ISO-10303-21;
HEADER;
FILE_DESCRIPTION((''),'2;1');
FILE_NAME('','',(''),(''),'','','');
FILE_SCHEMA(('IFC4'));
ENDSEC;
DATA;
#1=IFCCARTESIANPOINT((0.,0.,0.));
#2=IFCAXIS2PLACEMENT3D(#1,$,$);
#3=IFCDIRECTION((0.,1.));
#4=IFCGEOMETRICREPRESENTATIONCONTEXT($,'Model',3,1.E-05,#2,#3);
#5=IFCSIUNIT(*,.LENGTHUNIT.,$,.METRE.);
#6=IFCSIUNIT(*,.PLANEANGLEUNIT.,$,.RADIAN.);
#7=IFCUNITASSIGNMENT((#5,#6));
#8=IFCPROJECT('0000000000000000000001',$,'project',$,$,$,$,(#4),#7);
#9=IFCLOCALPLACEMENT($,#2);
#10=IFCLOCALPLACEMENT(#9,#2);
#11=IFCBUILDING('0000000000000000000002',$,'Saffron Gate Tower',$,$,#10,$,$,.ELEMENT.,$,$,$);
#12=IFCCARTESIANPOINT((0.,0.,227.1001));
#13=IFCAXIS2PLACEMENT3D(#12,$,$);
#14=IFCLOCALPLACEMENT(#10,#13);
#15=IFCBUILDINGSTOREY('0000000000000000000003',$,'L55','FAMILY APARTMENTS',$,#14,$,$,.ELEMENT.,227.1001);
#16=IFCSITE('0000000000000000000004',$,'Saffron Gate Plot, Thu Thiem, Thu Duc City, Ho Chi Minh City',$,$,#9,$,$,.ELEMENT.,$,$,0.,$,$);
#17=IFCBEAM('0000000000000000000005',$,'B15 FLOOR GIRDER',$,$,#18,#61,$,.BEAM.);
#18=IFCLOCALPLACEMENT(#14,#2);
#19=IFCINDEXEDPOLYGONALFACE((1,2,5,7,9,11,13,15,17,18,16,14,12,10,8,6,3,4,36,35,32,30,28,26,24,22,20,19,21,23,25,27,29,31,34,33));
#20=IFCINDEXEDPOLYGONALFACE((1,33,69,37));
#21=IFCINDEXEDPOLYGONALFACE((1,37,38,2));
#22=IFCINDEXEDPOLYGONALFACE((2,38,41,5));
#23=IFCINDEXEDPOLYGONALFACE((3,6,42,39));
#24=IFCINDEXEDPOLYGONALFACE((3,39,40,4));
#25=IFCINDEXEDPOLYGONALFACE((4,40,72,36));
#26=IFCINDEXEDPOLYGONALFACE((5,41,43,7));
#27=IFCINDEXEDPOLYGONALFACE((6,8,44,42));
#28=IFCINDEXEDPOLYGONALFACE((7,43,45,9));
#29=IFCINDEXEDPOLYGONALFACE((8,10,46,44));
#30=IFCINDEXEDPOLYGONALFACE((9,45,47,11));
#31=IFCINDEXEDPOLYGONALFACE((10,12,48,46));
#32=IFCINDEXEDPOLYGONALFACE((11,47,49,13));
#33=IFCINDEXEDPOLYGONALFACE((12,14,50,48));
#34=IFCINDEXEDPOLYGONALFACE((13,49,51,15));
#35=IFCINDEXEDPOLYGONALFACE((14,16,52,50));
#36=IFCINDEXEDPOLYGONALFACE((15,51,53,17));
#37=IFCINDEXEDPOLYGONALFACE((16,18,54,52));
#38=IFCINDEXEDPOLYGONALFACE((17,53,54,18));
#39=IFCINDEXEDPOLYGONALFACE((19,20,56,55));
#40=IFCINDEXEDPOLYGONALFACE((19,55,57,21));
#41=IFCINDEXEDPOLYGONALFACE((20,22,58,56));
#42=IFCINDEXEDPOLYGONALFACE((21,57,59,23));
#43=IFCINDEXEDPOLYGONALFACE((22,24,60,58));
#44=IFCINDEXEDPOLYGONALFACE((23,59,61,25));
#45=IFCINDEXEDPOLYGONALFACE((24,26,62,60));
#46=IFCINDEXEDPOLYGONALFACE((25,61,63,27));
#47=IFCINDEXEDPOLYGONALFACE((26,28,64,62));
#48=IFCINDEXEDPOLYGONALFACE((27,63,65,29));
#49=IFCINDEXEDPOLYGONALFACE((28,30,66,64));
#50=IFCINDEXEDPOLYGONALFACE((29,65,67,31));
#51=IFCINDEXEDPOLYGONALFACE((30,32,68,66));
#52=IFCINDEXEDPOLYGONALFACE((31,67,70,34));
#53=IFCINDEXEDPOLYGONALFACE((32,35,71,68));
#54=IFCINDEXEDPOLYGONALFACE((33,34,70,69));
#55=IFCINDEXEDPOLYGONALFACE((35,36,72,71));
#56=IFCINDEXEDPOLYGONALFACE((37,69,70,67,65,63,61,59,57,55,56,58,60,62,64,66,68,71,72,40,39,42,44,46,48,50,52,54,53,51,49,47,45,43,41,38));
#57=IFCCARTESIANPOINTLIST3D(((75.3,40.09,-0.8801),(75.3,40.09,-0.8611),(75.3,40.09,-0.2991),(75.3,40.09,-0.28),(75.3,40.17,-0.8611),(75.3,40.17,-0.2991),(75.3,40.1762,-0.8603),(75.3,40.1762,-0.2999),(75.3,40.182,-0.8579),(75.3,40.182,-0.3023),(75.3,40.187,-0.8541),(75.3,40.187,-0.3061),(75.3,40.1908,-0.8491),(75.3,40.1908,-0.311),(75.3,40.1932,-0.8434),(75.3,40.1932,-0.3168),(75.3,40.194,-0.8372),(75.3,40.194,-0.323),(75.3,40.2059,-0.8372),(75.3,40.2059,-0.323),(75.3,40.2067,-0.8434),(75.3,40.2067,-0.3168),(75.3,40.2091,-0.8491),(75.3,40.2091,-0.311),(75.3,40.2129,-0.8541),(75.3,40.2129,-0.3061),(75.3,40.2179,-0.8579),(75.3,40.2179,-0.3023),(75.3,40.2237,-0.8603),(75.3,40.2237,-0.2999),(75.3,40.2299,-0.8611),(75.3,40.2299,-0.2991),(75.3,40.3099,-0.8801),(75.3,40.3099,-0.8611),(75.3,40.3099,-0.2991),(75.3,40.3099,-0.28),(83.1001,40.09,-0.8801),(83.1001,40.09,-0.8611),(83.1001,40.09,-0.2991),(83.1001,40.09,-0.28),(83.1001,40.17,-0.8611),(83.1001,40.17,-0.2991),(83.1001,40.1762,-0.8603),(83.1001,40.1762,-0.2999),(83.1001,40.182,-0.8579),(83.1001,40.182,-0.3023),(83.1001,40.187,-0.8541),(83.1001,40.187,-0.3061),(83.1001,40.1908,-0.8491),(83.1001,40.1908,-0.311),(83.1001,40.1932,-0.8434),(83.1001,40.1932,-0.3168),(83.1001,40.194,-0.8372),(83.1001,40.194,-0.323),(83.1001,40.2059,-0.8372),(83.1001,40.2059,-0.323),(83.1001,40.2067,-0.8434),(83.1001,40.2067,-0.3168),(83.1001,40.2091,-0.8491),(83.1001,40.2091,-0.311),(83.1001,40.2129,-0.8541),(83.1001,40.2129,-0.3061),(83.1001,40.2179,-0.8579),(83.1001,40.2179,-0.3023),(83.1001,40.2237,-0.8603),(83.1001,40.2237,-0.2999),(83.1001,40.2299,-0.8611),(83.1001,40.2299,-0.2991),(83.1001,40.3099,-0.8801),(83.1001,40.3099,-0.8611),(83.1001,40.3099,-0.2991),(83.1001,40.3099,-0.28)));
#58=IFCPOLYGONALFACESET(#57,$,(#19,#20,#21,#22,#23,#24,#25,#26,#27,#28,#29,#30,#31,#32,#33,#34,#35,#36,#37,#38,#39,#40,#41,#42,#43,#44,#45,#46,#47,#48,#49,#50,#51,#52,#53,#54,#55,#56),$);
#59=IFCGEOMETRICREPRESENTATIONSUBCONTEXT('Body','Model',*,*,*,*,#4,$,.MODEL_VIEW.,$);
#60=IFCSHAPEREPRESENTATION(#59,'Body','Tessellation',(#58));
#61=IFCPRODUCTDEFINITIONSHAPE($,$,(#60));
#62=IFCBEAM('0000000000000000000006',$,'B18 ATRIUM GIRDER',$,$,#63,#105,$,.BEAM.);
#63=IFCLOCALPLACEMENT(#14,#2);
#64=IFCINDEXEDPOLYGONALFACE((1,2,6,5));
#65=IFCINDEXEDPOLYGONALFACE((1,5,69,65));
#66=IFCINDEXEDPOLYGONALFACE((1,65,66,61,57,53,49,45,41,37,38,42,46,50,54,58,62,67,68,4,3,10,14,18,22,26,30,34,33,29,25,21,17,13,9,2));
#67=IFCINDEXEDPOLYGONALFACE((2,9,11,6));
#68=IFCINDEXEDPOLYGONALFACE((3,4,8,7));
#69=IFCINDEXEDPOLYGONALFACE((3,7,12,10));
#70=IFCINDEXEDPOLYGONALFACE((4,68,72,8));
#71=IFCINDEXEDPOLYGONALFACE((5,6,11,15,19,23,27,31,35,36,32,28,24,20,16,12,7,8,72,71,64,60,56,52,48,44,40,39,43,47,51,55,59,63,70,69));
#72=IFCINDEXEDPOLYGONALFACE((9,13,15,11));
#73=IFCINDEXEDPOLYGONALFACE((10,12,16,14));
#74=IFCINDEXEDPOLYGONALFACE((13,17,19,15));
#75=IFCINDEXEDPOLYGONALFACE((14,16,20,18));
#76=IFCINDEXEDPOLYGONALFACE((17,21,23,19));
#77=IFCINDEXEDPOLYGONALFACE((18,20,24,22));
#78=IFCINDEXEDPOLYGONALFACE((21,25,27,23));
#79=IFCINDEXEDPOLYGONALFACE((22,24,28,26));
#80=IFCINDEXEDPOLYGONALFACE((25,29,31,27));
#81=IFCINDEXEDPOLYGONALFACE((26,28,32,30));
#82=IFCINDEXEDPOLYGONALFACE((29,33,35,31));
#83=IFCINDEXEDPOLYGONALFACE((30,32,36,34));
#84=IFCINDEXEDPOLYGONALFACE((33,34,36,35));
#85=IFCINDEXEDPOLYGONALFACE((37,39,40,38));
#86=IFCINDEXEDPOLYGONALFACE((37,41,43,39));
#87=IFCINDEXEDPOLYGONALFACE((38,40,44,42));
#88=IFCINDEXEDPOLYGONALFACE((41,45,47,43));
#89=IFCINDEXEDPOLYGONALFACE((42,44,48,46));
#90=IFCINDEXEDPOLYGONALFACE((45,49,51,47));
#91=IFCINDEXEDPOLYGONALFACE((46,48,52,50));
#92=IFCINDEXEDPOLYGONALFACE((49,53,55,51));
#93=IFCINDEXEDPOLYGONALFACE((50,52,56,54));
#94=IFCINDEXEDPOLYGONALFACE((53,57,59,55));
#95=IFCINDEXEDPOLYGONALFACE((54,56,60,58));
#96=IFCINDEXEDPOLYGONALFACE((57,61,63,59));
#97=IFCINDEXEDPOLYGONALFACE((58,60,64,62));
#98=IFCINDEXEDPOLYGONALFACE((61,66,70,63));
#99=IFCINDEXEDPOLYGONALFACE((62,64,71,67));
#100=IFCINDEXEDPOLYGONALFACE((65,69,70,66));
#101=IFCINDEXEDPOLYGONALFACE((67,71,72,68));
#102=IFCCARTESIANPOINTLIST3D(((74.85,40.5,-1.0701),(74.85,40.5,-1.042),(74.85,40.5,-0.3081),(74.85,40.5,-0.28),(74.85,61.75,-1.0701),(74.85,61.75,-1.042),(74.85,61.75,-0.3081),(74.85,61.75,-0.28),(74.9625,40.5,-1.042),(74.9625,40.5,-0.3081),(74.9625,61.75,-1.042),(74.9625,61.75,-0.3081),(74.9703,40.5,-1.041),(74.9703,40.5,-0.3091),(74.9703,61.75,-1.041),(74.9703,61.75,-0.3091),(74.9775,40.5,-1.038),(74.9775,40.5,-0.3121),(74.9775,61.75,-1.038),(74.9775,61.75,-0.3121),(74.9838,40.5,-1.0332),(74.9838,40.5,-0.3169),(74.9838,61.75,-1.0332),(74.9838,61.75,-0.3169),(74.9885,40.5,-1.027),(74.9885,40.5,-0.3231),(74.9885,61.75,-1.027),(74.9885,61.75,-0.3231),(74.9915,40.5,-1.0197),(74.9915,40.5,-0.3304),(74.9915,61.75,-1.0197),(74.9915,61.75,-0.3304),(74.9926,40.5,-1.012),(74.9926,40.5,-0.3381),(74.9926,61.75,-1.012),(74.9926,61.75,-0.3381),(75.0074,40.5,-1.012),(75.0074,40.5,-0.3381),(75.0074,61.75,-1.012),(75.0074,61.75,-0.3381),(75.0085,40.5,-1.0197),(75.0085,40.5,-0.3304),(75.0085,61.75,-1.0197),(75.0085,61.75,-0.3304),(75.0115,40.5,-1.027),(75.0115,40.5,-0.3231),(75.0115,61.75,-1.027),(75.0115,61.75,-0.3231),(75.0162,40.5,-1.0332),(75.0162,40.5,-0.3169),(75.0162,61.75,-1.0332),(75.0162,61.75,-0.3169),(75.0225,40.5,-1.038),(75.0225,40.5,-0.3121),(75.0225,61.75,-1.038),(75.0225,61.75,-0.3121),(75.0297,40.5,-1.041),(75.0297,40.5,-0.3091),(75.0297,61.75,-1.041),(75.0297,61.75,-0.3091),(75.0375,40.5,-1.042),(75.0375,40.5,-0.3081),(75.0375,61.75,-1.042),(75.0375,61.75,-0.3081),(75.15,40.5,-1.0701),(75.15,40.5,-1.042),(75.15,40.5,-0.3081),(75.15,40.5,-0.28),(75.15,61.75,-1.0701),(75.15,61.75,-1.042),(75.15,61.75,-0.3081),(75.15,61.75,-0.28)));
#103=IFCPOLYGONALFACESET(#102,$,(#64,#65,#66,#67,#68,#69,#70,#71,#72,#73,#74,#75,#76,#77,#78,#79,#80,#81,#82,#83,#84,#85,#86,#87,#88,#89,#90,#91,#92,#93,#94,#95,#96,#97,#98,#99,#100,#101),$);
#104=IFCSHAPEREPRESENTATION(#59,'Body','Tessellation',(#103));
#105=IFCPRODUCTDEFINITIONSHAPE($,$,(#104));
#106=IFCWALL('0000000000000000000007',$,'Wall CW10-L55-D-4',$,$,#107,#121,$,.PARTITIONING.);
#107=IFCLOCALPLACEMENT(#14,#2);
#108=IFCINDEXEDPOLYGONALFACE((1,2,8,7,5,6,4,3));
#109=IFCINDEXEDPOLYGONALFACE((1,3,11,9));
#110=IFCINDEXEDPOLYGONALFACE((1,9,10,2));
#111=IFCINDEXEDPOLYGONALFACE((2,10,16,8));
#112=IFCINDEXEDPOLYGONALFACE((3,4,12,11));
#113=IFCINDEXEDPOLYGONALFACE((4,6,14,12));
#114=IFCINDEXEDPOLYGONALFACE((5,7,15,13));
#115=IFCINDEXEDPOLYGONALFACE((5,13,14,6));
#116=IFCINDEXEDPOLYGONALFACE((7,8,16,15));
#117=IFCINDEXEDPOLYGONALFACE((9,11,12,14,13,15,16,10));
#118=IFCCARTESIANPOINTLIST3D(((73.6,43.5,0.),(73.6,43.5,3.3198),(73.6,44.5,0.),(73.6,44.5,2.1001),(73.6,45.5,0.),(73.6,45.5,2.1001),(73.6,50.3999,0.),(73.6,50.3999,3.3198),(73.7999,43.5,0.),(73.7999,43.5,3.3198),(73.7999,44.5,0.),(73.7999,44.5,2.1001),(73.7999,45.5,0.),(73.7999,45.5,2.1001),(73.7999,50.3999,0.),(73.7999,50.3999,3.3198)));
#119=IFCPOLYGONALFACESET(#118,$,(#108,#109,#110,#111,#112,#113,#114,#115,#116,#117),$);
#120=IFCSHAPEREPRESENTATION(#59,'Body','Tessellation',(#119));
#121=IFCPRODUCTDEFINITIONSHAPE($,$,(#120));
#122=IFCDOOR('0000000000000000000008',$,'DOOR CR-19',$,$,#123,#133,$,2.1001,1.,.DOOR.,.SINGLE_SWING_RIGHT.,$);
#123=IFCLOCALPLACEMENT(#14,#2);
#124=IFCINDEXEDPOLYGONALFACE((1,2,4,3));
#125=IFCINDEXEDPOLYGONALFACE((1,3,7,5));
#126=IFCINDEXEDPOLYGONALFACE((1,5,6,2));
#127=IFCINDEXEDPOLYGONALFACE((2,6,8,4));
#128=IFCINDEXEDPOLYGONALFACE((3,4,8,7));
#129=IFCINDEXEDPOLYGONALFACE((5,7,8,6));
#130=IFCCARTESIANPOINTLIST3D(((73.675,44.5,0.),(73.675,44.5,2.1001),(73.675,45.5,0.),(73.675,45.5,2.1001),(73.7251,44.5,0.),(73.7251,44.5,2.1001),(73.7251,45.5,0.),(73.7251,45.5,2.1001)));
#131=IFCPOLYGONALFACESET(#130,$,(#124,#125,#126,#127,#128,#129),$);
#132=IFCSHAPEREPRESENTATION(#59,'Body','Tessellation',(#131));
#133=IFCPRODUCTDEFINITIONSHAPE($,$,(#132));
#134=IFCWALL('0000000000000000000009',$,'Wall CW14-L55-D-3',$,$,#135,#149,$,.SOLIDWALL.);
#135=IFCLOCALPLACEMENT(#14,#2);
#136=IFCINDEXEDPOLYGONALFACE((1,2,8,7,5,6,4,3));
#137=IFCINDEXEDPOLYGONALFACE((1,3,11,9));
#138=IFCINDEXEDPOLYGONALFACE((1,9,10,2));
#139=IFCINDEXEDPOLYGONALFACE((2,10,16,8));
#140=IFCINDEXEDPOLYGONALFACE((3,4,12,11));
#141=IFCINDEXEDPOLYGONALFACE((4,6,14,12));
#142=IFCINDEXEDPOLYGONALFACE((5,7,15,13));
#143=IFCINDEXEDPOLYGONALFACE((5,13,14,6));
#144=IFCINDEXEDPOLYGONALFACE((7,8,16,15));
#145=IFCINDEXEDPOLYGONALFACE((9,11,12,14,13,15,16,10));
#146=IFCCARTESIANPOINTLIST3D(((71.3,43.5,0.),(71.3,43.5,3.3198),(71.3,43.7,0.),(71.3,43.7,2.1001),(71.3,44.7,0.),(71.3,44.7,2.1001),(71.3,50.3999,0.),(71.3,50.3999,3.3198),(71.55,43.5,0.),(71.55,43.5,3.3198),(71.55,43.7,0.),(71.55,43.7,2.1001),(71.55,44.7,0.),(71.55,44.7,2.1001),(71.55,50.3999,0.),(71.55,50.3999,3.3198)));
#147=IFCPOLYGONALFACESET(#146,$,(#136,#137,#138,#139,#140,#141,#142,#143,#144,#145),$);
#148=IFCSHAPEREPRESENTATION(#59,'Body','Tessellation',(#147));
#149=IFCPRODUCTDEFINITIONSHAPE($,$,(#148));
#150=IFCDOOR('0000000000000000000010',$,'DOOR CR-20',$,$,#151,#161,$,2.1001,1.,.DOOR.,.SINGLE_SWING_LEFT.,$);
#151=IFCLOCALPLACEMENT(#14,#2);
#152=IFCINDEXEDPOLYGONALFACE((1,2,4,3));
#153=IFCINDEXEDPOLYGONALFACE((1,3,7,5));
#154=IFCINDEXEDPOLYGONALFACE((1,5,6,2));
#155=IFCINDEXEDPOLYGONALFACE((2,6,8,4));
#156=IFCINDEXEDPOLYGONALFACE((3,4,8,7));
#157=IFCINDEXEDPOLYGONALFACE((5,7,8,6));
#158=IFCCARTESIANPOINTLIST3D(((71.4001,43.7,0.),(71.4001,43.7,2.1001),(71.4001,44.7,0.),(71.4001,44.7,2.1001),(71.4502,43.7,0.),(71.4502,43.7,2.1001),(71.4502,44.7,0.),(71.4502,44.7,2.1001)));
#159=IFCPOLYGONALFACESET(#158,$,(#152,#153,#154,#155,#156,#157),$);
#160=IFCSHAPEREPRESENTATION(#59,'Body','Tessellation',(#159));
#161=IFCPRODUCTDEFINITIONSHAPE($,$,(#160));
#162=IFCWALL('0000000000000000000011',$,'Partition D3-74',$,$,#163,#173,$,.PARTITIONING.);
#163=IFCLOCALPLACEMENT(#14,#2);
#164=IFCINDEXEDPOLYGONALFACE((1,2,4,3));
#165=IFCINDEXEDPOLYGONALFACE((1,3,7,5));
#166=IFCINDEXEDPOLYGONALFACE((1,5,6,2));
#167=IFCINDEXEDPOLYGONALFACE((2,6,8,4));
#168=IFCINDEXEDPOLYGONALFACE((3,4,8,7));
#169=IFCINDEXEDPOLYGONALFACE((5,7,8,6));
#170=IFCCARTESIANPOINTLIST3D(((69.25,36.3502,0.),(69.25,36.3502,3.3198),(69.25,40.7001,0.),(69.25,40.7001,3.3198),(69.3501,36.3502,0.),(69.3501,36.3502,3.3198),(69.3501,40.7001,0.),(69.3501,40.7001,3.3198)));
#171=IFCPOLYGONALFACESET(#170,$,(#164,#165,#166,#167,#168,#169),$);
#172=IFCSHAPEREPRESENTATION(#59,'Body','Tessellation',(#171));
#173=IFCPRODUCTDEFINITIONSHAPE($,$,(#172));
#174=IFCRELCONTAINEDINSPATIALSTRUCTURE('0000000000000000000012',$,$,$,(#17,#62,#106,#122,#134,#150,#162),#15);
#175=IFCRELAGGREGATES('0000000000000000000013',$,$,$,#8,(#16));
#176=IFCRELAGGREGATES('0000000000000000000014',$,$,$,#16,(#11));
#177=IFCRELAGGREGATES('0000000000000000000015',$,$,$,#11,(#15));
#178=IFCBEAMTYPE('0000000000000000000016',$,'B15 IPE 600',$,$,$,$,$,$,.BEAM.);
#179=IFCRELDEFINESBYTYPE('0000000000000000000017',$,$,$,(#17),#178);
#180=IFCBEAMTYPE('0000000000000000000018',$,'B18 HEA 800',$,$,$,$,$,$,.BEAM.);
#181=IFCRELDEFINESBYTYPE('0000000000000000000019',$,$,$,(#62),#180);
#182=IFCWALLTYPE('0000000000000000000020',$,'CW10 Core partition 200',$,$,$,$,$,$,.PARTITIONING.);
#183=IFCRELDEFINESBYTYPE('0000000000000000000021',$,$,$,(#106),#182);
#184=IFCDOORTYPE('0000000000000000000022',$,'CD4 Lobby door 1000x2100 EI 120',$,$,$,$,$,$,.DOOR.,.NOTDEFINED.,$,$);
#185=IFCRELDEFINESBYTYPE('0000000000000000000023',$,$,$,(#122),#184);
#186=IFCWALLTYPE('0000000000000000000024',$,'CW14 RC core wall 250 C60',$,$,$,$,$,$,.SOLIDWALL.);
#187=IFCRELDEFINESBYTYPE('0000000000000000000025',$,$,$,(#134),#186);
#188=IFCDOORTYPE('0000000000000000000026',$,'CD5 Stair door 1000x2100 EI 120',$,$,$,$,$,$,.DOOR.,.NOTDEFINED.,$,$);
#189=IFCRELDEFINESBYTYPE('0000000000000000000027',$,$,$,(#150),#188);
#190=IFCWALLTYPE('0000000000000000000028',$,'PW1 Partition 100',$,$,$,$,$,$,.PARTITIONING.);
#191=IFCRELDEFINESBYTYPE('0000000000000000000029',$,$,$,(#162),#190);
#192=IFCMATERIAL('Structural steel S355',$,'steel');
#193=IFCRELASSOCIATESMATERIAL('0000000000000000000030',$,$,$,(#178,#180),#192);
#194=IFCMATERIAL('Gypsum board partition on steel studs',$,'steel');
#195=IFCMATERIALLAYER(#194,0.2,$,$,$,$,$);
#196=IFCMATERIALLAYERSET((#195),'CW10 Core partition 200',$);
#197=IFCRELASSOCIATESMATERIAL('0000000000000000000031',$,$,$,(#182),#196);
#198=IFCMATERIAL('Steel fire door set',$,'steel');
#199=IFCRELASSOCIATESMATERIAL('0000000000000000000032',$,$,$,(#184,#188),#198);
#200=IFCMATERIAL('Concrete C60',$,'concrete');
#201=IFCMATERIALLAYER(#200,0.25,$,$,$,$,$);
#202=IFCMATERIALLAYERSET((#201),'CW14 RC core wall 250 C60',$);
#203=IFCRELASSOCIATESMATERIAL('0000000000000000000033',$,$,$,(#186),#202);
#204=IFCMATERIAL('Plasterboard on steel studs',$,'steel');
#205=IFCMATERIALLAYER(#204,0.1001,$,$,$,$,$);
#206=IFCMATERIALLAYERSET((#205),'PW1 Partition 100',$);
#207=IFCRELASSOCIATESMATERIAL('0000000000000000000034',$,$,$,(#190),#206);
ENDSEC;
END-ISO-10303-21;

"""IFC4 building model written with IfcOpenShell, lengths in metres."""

from ifc_helpers import new_model, si_unit, direction, frame, frame_2d, origin, origin_2d, place, context, subcontext, project, spatial, rectangle, i_section, extrude, material, layer, layer_set, material_profile, profile_set, type_object, element, fill, save


model = new_model("IFC4")

# Units and contexts
model_context = context("Model", 3, precision=1e-05, world=origin(), true_north=direction((0.0, 1.0)))
body_context = subcontext(model_context, "Body", "Model", "MODEL_VIEW")
ifc_project = project(units=[si_unit("LENGTHUNIT", "METRE"), si_unit("PLANEANGLEUNIT", "RADIAN")], contexts=[model_context])

# Site, building, storey
site_placement = place(None, origin())
site = spatial("IfcSite", under=ifc_project, at=site_placement, Name="Saffron Gate Plot, Thu Thiem, Thu Duc City, Ho Chi Minh City", CompositionType="ELEMENT", RefElevation=0.0)
building_placement = place(site_placement, origin())
building = spatial("IfcBuilding", under=site, at=building_placement, Name="Saffron Gate Tower", CompositionType="ELEMENT")
storey_placement = place(building_placement, frame((0.0, 0.0, 227.1001)))
storey = spatial("IfcBuildingStorey", under=building, at=storey_placement, Name="L55", Description="FAMILY APARTMENTS", CompositionType="ELEMENT", Elevation=227.1001)

# Beams
ifc_material_1 = material(Name="Structural steel S355", Category="steel")
ifc_material_profile_1 = material_profile(ifc_material_1, i_section(OverallWidth=0.22, OverallDepth=0.6001, WebThickness=0.012, FlangeThickness=0.019, FilletRadius=0.0239, at=origin_2d()))
ifc_profile_set_1 = profile_set([ifc_material_profile_1], Name="Structural steel S355")
beam_type_1 = type_object("IfcBeamType", Name="B15 IPE 600", PredefinedType="BEAM", material=ifc_profile_set_1)
beam_1_placement = place(storey_placement, frame((75.3, 40.2, -0.5801), z_axis=(1.0, 0.0, 0.0), x_axis=(0.0, 1.0, 0.0)))
element("IfcBeam", 1, at=beam_1_placement, inside=storey, type_object=beam_type_1, Name="B15 FLOOR GIRDER", PredefinedType="BEAM", context=body_context, shape_type="SweptSolid", body=[
    extrude(i_section(OverallWidth=0.22, OverallDepth=0.6001, WebThickness=0.012, FlangeThickness=0.019, FilletRadius=0.0239, at=origin_2d()), origin(), (0.0, 0.0, 1.0), 7.8),
])
ifc_material_profile_2 = material_profile(ifc_material_1, i_section(OverallWidth=0.3, OverallDepth=0.79, WebThickness=0.0149, FlangeThickness=0.0281, FilletRadius=0.03, at=origin_2d()))
ifc_profile_set_2 = profile_set([ifc_material_profile_2], Name="Structural steel S355")
beam_type_2 = type_object("IfcBeamType", Name="B18 HEA 800", PredefinedType="BEAM", material=ifc_profile_set_2)
beam_2_placement = place(storey_placement, frame((75.0, 40.5, -0.675), z_axis=(0.0, 1.0, 0.0), x_axis=(-1.0, 0.0, 0.0)))
element("IfcBeam", 2, at=beam_2_placement, inside=storey, type_object=beam_type_2, Name="B18 ATRIUM GIRDER", PredefinedType="BEAM", context=body_context, shape_type="SweptSolid", body=[
    extrude(i_section(OverallWidth=0.3, OverallDepth=0.79, WebThickness=0.0149, FlangeThickness=0.0281, FilletRadius=0.03, at=origin_2d()), origin(), (0.0, 0.0, 1.0), 21.25),
])

# Walls, openings, doors
ifc_material_2 = material(Name="Gypsum board partition on steel studs", Category="steel")
ifc_layer_1 = layer(ifc_material_2, 0.2)
ifc_layer_set_1 = layer_set([ifc_layer_1], Name="CW10 Core partition 200")
wall_type_1 = type_object("IfcWallType", Name="CW10 Core partition 200", PredefinedType="PARTITIONING", material=ifc_layer_set_1)
wall_1_placement = place(storey_placement, frame((73.7, 43.5, 0.0), z_axis=(0.0, 0.0, 1.0), x_axis=(0.0, 1.0, 0.0)))
wall_1 = element("IfcWall", 3, at=wall_1_placement, inside=storey, type_object=wall_type_1, Name="Wall CW10-L55-D-4", PredefinedType="PARTITIONING", context=body_context, shape_type="SweptSolid", body=[
    extrude(rectangle(XDim=6.8999, YDim=0.2, at=frame_2d((3.45, 0.0))), origin(), (0.0, 0.0, 1.0), 3.3198),
])
opening_1_placement = place(wall_1_placement, frame((1.0, 0.0, 0.0)))
opening_1 = element("IfcOpeningElement", 4, at=opening_1_placement, cuts=wall_1, PredefinedType="OPENING", context=body_context, shape_type="SweptSolid", body=[
    extrude(rectangle(XDim=1.0, YDim=2.1001, at=frame_2d((0.5, 1.05))), frame((0.0, 0.1099, 0.0), z_axis=(0.0, -1.0, 0.0), x_axis=(1.0, 0.0, 0.0)), (0.0, 0.0, 1.0), 0.22),
])
ifc_material_3 = material(Name="Steel fire door set", Category="steel")
door_type_1 = type_object("IfcDoorType", Name="CD4 Lobby door 1000x2100 EI 120", OperationType="NOTDEFINED", PredefinedType="DOOR", material=ifc_material_3)
door_1_placement = place(opening_1_placement, origin())
door_1 = element("IfcDoor", 5, at=door_1_placement, inside=storey, type_object=door_type_1, Name="DOOR CR-19", OperationType="SINGLE_SWING_RIGHT", OverallHeight=2.1001, OverallWidth=1.0, PredefinedType="DOOR", context=body_context, shape_type="SweptSolid", body=[
    extrude(rectangle(XDim=1.0, YDim=2.1001, at=frame_2d((0.5, 1.05))), frame((0.0, 0.0249, 0.0), z_axis=(0.0, -1.0, 0.0), x_axis=(1.0, 0.0, 0.0)), (0.0, 0.0, 1.0), 0.05),
])
fill(opening_1, door_1)
ifc_material_4 = material(Name="Concrete C60", Category="concrete")
ifc_layer_2 = layer(ifc_material_4, 0.25)
ifc_layer_set_2 = layer_set([ifc_layer_2], Name="CW14 RC core wall 250 C60")
wall_type_2 = type_object("IfcWallType", Name="CW14 RC core wall 250 C60", PredefinedType="SOLIDWALL", material=ifc_layer_set_2)
wall_2_placement = place(storey_placement, frame((71.425, 43.5, 0.0), z_axis=(0.0, 0.0, 1.0), x_axis=(0.0, 1.0, 0.0)))
wall_2 = element("IfcWall", 6, at=wall_2_placement, inside=storey, type_object=wall_type_2, Name="Wall CW14-L55-D-3", PredefinedType="SOLIDWALL", context=body_context, shape_type="SweptSolid", body=[
    extrude(rectangle(XDim=6.8999, YDim=0.25, at=frame_2d((3.45, 0.0))), origin(), (0.0, 0.0, 1.0), 3.3198),
])
opening_2_placement = place(wall_2_placement, frame((0.2, 0.0, 0.0)))
opening_2 = element("IfcOpeningElement", 7, at=opening_2_placement, cuts=wall_2, PredefinedType="OPENING", context=body_context, shape_type="SweptSolid", body=[
    extrude(rectangle(XDim=1.0, YDim=2.1001, at=frame_2d((0.5, 1.05))), frame((0.0, 0.135, 0.0), z_axis=(0.0, -1.0, 0.0), x_axis=(1.0, 0.0, 0.0)), (0.0, 0.0, 1.0), 0.27),
])
door_type_2 = type_object("IfcDoorType", Name="CD5 Stair door 1000x2100 EI 120", OperationType="NOTDEFINED", PredefinedType="DOOR", material=ifc_material_3)
door_2_placement = place(opening_2_placement, origin())
door_2 = element("IfcDoor", 8, at=door_2_placement, inside=storey, type_object=door_type_2, Name="DOOR CR-20", OperationType="SINGLE_SWING_LEFT", OverallHeight=2.1001, OverallWidth=1.0, PredefinedType="DOOR", context=body_context, shape_type="SweptSolid", body=[
    extrude(rectangle(XDim=1.0, YDim=2.1001, at=frame_2d((0.5, 1.05))), frame((0.0, 0.0249, 0.0), z_axis=(0.0, -1.0, 0.0), x_axis=(1.0, 0.0, 0.0)), (0.0, 0.0, 1.0), 0.05),
])
fill(opening_2, door_2)

# Wall
ifc_material_5 = material(Name="Plasterboard on steel studs", Category="steel")
ifc_layer_3 = layer(ifc_material_5, 0.1001)
ifc_layer_set_3 = layer_set([ifc_layer_3], Name="PW1 Partition 100")
wall_type_3 = type_object("IfcWallType", Name="PW1 Partition 100", PredefinedType="PARTITIONING", material=ifc_layer_set_3)
wall_3_placement = place(storey_placement, frame((69.3, 40.7, 0.0), z_axis=(0.0, 0.0, 1.0), x_axis=(0.0, -1.0, 0.0)))
element("IfcWall", 9, at=wall_3_placement, inside=storey, type_object=wall_type_3, Name="Partition D3-74", PredefinedType="PARTITIONING", context=body_context, shape_type="SweptSolid", body=[
    extrude(rectangle(XDim=4.3499, YDim=0.1001, at=frame_2d((2.1748, 0.0))), origin(), (0.0, 0.0, 1.0), 3.3198),
])

save(model, "model.ifc")
